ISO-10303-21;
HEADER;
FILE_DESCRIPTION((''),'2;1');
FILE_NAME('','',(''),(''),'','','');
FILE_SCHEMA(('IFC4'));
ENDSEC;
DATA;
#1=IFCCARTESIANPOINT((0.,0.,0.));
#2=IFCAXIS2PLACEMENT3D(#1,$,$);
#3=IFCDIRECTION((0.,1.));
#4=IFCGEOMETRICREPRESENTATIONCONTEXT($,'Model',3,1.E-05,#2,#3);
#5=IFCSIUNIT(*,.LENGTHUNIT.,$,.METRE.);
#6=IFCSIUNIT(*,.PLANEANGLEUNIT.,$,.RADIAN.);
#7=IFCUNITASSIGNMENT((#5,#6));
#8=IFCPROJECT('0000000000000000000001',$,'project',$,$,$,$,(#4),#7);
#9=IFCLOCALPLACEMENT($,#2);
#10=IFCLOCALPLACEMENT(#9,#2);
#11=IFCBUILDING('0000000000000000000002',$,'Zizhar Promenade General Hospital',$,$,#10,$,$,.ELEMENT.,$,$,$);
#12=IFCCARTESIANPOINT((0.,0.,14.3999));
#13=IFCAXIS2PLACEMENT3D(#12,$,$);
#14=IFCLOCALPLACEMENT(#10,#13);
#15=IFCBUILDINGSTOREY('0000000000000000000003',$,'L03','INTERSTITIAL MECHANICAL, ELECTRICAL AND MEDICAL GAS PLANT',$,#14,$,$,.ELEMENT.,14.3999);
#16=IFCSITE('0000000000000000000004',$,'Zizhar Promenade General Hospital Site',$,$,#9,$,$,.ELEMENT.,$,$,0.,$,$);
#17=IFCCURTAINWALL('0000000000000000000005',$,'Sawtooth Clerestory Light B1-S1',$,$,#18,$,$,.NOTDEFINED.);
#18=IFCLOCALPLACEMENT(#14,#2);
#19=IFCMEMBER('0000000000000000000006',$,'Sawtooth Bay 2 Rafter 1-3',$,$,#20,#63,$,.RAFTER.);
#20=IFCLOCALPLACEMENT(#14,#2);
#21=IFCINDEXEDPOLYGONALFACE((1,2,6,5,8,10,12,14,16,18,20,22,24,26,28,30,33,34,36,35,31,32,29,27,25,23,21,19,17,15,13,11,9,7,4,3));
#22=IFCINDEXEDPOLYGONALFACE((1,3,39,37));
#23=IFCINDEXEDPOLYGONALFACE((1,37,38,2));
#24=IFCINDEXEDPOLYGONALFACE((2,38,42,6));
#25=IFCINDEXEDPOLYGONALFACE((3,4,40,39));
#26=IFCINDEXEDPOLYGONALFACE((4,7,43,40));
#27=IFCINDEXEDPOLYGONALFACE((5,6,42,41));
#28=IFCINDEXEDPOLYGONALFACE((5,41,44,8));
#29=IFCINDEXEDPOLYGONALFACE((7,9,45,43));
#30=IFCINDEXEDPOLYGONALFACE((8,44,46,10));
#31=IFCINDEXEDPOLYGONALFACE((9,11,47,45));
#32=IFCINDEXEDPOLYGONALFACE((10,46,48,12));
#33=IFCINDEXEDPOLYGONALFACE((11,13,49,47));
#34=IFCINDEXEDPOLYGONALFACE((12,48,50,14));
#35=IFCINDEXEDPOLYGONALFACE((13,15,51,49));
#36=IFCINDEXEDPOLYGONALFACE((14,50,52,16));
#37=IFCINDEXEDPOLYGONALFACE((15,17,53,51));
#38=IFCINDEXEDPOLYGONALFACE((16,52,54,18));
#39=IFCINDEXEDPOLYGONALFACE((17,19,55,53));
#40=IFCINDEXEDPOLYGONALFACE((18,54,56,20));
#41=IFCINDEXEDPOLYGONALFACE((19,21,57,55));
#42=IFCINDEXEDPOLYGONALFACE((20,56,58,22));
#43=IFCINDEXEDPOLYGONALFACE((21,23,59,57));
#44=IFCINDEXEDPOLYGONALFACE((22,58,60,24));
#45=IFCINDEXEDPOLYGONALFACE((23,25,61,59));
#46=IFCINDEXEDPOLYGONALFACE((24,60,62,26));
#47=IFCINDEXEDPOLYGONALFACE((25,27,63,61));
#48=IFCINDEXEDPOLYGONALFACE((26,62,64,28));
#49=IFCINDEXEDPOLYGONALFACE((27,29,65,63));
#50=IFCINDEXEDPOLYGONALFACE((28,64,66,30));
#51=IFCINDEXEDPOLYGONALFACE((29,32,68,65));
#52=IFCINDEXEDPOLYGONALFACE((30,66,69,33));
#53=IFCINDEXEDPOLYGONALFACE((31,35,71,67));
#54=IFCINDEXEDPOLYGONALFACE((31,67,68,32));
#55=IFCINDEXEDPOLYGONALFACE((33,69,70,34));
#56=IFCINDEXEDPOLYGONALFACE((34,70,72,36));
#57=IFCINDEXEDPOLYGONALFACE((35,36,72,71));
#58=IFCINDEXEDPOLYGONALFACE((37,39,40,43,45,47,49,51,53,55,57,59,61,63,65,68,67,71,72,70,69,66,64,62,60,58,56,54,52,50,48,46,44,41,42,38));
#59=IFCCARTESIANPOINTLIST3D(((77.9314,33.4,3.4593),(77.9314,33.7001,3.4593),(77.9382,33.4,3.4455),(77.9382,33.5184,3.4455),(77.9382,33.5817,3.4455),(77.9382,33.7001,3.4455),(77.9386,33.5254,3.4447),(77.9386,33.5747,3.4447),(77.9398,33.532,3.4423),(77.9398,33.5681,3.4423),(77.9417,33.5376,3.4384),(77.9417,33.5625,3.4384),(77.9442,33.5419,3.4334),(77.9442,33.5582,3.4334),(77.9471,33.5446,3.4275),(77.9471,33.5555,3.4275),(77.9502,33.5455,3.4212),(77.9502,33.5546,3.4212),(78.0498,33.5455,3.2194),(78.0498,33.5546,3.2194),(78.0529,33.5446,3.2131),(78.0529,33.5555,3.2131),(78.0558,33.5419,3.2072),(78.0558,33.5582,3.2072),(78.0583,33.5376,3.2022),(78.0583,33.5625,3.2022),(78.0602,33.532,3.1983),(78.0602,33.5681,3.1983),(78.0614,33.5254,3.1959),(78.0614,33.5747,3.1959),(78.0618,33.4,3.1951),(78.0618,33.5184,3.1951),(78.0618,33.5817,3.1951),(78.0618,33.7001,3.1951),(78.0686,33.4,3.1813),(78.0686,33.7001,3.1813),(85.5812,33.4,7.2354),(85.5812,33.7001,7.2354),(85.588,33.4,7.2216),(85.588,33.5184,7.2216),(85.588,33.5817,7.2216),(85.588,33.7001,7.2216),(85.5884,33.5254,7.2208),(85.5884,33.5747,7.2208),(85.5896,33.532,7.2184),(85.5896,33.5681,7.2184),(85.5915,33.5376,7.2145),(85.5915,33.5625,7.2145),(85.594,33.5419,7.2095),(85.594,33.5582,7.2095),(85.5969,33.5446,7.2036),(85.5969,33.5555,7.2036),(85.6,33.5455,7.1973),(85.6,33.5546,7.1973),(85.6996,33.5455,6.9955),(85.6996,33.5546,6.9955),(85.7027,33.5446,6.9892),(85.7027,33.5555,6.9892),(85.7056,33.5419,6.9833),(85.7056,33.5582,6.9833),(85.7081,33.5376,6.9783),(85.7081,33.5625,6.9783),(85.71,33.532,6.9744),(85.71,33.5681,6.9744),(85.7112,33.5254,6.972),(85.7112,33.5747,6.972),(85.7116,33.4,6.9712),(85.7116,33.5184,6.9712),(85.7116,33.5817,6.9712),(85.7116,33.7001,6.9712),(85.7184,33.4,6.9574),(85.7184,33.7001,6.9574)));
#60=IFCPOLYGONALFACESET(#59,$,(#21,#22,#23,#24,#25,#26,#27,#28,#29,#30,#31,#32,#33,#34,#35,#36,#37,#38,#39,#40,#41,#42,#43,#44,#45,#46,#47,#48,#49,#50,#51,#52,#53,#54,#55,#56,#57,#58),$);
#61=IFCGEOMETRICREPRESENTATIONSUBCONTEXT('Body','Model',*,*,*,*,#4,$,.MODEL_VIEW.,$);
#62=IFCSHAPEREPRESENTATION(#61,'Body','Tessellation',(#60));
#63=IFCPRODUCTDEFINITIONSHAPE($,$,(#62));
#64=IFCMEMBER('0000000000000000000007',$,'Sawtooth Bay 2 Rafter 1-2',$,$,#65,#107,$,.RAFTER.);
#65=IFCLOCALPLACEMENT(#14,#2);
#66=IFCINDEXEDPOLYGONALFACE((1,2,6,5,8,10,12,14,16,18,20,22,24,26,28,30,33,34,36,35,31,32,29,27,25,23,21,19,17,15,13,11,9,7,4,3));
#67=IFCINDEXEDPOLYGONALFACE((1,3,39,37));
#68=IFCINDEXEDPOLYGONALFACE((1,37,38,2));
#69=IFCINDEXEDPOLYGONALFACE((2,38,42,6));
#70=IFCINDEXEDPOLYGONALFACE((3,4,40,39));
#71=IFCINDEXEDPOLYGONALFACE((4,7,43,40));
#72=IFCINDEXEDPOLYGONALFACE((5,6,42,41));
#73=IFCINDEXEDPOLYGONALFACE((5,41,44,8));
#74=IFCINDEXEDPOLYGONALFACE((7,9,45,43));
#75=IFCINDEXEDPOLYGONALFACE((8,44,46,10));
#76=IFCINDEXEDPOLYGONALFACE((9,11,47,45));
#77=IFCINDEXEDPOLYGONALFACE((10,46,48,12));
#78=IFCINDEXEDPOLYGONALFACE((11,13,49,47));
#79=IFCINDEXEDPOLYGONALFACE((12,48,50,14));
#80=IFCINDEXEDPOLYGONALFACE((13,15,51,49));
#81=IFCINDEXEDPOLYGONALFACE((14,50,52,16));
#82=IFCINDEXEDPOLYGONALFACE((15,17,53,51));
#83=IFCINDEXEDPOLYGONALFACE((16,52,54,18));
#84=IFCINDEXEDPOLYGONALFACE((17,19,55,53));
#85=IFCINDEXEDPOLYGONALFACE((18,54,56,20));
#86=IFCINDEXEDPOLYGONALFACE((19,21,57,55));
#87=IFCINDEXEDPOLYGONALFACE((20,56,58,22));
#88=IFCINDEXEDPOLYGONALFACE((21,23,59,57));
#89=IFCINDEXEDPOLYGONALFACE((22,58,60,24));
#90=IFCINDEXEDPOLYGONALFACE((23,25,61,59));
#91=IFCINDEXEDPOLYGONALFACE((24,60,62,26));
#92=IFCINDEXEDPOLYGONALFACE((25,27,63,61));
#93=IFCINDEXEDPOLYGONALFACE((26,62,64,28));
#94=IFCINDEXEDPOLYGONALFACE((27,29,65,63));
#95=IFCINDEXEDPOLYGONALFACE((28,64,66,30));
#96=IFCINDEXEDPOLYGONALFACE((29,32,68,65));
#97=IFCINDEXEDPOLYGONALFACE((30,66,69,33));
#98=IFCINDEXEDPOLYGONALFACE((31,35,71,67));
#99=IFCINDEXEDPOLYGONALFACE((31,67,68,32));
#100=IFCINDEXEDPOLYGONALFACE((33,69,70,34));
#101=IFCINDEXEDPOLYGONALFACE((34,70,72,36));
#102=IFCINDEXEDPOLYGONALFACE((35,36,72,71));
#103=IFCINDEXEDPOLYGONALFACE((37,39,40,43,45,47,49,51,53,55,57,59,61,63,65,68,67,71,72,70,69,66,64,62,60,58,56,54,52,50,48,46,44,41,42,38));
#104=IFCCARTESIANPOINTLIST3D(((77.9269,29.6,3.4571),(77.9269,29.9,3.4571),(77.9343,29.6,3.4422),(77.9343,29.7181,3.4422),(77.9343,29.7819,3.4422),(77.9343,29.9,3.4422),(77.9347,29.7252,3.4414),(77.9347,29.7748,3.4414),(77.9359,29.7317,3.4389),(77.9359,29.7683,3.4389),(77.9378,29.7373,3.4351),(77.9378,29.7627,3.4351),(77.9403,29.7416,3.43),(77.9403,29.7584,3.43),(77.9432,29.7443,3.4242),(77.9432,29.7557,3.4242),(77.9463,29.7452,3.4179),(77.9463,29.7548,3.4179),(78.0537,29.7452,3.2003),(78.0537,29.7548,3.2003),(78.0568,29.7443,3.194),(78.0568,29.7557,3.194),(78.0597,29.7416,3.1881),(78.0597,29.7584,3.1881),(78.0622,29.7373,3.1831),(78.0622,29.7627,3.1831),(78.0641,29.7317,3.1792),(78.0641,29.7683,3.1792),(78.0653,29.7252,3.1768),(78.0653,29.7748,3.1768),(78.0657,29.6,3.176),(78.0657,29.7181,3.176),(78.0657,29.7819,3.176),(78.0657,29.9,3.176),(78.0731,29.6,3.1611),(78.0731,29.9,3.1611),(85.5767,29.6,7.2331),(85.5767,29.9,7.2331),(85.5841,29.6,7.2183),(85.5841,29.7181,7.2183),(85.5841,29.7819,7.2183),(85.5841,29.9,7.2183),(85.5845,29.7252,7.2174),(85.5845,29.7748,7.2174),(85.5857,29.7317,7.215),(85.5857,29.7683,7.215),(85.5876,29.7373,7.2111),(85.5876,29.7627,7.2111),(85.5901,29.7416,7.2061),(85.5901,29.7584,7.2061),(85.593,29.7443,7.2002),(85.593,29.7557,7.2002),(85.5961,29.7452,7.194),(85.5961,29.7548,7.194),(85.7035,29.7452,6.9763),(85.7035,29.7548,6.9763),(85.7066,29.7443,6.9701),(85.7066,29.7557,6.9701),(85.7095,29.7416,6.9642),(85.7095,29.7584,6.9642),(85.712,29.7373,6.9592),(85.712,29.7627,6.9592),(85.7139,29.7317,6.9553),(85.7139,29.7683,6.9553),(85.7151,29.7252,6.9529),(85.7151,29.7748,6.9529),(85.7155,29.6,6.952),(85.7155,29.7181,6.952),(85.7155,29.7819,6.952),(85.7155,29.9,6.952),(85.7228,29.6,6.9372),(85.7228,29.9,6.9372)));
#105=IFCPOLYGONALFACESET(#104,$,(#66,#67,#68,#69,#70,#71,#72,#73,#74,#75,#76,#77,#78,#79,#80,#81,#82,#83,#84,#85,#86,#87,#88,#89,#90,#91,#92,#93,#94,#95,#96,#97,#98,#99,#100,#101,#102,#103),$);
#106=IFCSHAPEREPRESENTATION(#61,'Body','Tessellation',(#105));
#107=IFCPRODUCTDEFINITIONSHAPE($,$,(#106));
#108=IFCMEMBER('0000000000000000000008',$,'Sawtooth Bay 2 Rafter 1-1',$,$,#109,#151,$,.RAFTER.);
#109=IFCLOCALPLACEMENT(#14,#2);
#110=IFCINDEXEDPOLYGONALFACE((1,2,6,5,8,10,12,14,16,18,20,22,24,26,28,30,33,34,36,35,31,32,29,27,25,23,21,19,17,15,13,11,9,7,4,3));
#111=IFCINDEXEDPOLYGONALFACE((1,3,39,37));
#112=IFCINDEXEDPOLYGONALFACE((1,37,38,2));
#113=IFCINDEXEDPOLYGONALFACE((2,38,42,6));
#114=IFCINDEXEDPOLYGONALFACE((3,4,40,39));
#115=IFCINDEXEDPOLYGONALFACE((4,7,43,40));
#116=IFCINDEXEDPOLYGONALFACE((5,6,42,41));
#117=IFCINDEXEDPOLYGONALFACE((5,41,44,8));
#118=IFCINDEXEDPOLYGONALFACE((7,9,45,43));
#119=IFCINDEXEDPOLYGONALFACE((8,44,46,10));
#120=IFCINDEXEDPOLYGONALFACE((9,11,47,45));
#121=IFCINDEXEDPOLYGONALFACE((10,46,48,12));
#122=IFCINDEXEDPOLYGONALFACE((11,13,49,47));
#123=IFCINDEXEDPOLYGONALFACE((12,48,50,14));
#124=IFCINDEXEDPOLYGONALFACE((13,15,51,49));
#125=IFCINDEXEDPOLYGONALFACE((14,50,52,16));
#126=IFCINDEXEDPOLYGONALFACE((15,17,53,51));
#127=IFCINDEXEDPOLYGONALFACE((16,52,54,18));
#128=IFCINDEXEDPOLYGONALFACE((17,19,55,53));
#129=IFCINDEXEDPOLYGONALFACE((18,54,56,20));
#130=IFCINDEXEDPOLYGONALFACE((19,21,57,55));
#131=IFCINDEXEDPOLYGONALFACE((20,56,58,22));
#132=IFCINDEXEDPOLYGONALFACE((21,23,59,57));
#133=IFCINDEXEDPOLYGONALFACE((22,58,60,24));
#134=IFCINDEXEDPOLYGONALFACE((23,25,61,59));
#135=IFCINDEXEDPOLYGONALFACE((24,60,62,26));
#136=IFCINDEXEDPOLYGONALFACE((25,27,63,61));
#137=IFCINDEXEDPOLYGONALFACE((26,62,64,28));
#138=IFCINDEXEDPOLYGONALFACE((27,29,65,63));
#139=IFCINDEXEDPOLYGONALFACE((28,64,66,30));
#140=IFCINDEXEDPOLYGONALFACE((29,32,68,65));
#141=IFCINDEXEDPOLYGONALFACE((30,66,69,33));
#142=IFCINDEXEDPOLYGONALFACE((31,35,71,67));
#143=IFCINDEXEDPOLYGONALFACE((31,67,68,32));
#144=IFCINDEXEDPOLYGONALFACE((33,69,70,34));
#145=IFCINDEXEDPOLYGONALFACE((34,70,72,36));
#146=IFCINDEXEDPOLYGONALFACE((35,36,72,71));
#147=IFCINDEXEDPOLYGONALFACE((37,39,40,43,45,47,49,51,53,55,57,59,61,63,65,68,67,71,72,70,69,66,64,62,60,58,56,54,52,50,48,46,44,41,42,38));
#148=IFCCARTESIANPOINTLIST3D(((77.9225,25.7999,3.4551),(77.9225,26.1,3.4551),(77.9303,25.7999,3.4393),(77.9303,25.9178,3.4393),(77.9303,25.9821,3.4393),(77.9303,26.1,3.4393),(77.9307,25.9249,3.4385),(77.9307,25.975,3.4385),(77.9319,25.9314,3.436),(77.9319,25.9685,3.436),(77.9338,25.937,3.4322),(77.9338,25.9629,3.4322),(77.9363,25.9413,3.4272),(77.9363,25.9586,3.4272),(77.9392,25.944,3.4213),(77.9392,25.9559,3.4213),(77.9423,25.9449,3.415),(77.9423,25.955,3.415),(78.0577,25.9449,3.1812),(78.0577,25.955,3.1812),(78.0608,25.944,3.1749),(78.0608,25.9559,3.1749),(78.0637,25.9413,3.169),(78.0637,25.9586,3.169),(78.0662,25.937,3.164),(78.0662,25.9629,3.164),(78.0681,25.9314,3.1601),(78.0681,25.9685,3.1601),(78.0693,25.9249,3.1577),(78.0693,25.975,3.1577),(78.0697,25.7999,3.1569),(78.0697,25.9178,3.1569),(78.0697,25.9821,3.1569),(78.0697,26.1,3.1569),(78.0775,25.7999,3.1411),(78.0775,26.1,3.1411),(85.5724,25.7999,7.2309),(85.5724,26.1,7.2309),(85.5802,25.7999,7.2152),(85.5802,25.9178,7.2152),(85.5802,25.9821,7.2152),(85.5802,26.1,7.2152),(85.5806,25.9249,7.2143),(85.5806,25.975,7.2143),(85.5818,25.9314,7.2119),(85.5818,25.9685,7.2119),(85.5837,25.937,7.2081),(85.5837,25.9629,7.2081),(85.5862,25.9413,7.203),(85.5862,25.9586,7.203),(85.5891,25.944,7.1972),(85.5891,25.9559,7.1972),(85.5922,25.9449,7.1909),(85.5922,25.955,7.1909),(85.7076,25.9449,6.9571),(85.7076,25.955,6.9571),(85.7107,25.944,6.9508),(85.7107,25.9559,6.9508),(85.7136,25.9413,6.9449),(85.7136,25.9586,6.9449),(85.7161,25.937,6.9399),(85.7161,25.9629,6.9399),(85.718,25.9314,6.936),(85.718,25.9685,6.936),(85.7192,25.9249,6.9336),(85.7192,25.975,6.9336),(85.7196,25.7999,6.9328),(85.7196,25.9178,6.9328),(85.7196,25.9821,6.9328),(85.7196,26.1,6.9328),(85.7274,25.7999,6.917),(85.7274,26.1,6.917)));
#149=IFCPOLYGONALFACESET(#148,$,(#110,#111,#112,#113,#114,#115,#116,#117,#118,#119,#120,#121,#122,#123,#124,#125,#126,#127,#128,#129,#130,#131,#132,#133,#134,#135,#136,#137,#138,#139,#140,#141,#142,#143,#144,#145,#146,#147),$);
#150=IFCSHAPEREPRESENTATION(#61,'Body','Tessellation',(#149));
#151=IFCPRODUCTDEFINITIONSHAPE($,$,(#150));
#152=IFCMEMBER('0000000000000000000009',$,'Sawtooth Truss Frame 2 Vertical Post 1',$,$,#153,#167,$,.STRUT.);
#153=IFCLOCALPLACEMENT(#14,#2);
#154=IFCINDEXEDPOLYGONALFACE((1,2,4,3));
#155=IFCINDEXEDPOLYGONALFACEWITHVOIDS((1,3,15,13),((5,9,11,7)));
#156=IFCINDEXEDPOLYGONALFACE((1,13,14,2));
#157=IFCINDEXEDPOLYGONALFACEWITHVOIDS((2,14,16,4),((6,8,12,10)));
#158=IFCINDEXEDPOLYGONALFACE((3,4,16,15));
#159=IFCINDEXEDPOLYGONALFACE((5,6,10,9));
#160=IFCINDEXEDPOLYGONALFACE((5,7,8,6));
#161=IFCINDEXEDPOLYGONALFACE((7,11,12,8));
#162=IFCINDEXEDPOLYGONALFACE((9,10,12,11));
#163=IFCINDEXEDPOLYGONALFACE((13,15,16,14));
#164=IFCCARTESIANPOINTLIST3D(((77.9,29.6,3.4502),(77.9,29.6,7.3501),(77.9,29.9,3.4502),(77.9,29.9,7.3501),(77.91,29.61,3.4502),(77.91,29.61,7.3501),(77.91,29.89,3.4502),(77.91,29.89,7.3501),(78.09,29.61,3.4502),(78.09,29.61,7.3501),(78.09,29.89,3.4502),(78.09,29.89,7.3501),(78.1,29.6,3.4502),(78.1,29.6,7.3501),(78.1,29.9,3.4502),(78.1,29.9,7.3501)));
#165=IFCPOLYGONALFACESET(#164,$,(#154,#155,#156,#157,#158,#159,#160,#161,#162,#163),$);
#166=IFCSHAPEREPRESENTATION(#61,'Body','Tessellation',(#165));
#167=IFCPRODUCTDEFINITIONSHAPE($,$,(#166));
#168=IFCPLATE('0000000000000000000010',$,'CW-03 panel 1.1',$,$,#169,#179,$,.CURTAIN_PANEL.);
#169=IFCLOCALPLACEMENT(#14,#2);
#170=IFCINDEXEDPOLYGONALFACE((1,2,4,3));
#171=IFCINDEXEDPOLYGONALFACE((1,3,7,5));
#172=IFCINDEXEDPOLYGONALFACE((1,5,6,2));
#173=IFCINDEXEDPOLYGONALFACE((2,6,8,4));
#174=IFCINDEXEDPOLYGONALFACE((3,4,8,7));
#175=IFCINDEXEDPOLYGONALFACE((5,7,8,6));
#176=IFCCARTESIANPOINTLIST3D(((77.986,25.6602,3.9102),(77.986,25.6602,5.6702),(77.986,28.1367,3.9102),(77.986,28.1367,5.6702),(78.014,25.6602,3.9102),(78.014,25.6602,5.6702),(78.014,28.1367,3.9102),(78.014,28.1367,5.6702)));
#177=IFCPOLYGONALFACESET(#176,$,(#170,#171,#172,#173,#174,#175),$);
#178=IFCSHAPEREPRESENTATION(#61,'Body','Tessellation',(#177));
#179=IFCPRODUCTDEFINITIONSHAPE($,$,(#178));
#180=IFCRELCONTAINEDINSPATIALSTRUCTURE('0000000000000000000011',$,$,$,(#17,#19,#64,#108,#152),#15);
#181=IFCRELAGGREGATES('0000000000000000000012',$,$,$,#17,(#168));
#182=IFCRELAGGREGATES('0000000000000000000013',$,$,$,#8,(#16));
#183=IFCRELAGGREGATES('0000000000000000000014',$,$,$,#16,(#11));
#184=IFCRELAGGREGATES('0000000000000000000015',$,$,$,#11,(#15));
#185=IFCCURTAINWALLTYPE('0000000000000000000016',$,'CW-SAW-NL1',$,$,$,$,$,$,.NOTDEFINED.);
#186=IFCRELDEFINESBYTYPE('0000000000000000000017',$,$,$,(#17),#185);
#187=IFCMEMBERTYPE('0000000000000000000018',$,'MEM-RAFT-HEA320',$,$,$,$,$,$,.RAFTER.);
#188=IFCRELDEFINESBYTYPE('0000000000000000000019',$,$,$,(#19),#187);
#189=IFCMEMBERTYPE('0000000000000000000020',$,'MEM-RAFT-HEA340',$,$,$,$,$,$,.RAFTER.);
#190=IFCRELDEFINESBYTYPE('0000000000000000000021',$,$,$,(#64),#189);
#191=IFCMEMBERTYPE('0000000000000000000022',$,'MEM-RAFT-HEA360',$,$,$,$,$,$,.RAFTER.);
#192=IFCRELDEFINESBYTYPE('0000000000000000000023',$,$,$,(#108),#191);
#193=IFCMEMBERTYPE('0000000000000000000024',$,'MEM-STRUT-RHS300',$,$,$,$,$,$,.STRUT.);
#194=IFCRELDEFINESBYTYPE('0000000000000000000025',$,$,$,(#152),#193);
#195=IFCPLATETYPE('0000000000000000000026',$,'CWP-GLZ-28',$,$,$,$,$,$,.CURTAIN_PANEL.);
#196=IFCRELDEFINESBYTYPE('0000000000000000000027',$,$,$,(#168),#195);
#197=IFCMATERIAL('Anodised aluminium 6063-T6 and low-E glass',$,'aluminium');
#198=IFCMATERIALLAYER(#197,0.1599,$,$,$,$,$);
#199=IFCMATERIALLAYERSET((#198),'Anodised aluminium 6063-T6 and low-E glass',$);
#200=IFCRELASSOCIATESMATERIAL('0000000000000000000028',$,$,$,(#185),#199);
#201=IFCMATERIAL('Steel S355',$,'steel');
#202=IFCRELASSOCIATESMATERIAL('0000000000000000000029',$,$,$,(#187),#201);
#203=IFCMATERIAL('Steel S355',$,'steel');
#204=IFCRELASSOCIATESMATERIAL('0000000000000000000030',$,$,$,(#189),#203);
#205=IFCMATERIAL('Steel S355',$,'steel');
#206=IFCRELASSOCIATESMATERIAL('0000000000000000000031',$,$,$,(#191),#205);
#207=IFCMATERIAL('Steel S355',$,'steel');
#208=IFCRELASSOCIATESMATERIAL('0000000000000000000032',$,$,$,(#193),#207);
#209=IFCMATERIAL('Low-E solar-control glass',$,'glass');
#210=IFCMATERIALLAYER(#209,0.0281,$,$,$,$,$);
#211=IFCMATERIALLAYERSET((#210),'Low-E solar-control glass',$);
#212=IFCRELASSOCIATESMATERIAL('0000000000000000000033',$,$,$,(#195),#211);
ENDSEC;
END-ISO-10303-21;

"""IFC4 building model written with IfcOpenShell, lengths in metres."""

from ifc_helpers import new_model, si_unit, direction, frame, origin, origin_2d, place, context, subcontext, project, spatial, rectangle, hollow_rectangle, i_section, extrude, material, layer, layer_set, material_profile, profile_set, type_object, element, aggregate, save


model = new_model("IFC4")

# Units and contexts
model_context = context("Model", 3, precision=1e-05, world=origin(), true_north=direction((0.0, 1.0)))
body_context = subcontext(model_context, "Body", "Model", "MODEL_VIEW")
ifc_project = project(units=[si_unit("LENGTHUNIT", "METRE"), si_unit("PLANEANGLEUNIT", "RADIAN")], contexts=[model_context])

# Site, building, storey
site_placement = place(None, origin())
site = spatial("IfcSite", under=ifc_project, at=site_placement, Name="Zizhar Promenade General Hospital Site", CompositionType="ELEMENT", RefElevation=0.0)
building_placement = place(site_placement, origin())
building = spatial("IfcBuilding", under=site, at=building_placement, Name="Zizhar Promenade General Hospital", CompositionType="ELEMENT")
storey_placement = place(building_placement, frame((0.0, 0.0, 14.3999)))
storey = spatial("IfcBuildingStorey", under=building, at=storey_placement, Name="L03", Description="INTERSTITIAL MECHANICAL, ELECTRICAL AND MEDICAL GAS PLANT", CompositionType="ELEMENT", Elevation=14.3999)

# Curtain wall
ifc_material_1 = material(Name="Anodised aluminium 6063-T6 and low-E glass", Category="aluminium")
ifc_layer_1 = layer(ifc_material_1, 0.1599)
ifc_layer_set_1 = layer_set([ifc_layer_1], Name="Anodised aluminium 6063-T6 and low-E glass")
curtain_wall_type = type_object("IfcCurtainWallType", Name="CW-SAW-NL1", PredefinedType="NOTDEFINED", material=ifc_layer_set_1)
curtain_wall_1_placement = place(storey_placement, origin())
curtain_wall_1 = element("IfcCurtainWall", 1, at=curtain_wall_1_placement, inside=storey, type_object=curtain_wall_type, Name="Sawtooth Clerestory Light B1-S1", PredefinedType="NOTDEFINED")

# Members
ifc_material_2 = material(Name="Steel S355", Category="steel")
ifc_material_profile_1 = material_profile(ifc_material_2, i_section(OverallWidth=0.3, OverallDepth=0.3101, WebThickness=0.009, FlangeThickness=0.0154, FilletRadius=0.0271, at=origin_2d()))
ifc_profile_set_1 = profile_set([ifc_material_profile_1], Name="Steel S355")
member_type_1 = type_object("IfcMemberType", Name="MEM-RAFT-HEA320", PredefinedType="RAFTER", material=ifc_profile_set_1)
member_1_placement = place(storey_placement, frame((78.0, 33.55, 3.3203), z_axis=(0.896705, 0.0, 0.442629), x_axis=(0.0, 1.0, 0.0)))
element("IfcMember", 2, at=member_1_placement, inside=storey, type_object=member_type_1, Name="Sawtooth Bay 2 Rafter 1-3", PredefinedType="RAFTER", context=body_context, shape_type="SweptSolid", body=[
    extrude(i_section(OverallWidth=0.3, OverallDepth=0.3101, WebThickness=0.009, FlangeThickness=0.0154, FilletRadius=0.0271, at=origin_2d()), origin(), (0.0, 0.0, 1.0), 8.531),
])
ifc_material_3 = material(Name="Steel S355", Category="steel")
ifc_material_profile_2 = material_profile(ifc_material_3, i_section(OverallWidth=0.3, OverallDepth=0.3301, WebThickness=0.0095, FlangeThickness=0.0166, FilletRadius=0.0271, at=origin_2d()))
ifc_profile_set_2 = profile_set([ifc_material_profile_2], Name="Steel S355")
member_type_2 = type_object("IfcMemberType", Name="MEM-RAFT-HEA340", PredefinedType="RAFTER", material=ifc_profile_set_2)
member_2_placement = place(storey_placement, frame((78.0, 29.75, 3.3091), z_axis=(0.896705, 0.0, 0.442629), x_axis=(0.0, 1.0, 0.0)))
element("IfcMember", 3, at=member_2_placement, inside=storey, type_object=member_type_2, Name="Sawtooth Bay 2 Rafter 1-2", PredefinedType="RAFTER", context=body_context, shape_type="SweptSolid", body=[
    extrude(i_section(OverallWidth=0.3, OverallDepth=0.3301, WebThickness=0.0095, FlangeThickness=0.0166, FilletRadius=0.0271, at=origin_2d()), origin(), (0.0, 0.0, 1.0), 8.531),
])
ifc_material_4 = material(Name="Steel S355", Category="steel")
ifc_material_profile_3 = material_profile(ifc_material_4, i_section(OverallWidth=0.3, OverallDepth=0.3501, WebThickness=0.01, FlangeThickness=0.0176, FilletRadius=0.0271, at=origin_2d()))
ifc_profile_set_3 = profile_set([ifc_material_profile_3], Name="Steel S355")
member_type_3 = type_object("IfcMemberType", Name="MEM-RAFT-HEA360", PredefinedType="RAFTER", material=ifc_profile_set_3)
member_3_placement = place(storey_placement, frame((78.0, 25.95, 3.2981), z_axis=(0.896716, 0.0, 0.442606), x_axis=(0.0, 1.0, 0.0)))
element("IfcMember", 4, at=member_3_placement, inside=storey, type_object=member_type_3, Name="Sawtooth Bay 2 Rafter 1-1", PredefinedType="RAFTER", context=body_context, shape_type="SweptSolid", body=[
    extrude(i_section(OverallWidth=0.3, OverallDepth=0.3501, WebThickness=0.01, FlangeThickness=0.0176, FilletRadius=0.0271, at=origin_2d()), origin(), (0.0, 0.0, 1.0), 8.531),
])
ifc_material_5 = material(Name="Steel S355", Category="steel")
ifc_material_profile_4 = material_profile(ifc_material_5, hollow_rectangle(XDim=0.2, YDim=0.3, WallThickness=0.01, at=origin_2d()))
ifc_profile_set_4 = profile_set([ifc_material_profile_4], Name="Steel S355")
member_type_4 = type_object("IfcMemberType", Name="MEM-STRUT-RHS300", PredefinedType="STRUT", material=ifc_profile_set_4)
member_4_placement = place(storey_placement, frame((78.0, 29.75, 3.4502), z_axis=(0.0, 0.0, 1.0), x_axis=(1.0, 0.0, 0.0)))
element("IfcMember", 5, at=member_4_placement, inside=storey, type_object=member_type_4, Name="Sawtooth Truss Frame 2 Vertical Post 1", PredefinedType="STRUT", context=body_context, shape_type="SweptSolid", body=[
    extrude(hollow_rectangle(XDim=0.2, YDim=0.3, WallThickness=0.01, at=origin_2d()), origin(), (0.0, 0.0, 1.0), 3.8999),
])

# Plate
ifc_material_6 = material(Name="Low-E solar-control glass", Category="glass")
ifc_layer_2 = layer(ifc_material_6, 0.0281)
ifc_layer_set_2 = layer_set([ifc_layer_2], Name="Low-E solar-control glass")
plate_type = type_object("IfcPlateType", Name="CWP-GLZ-28", PredefinedType="CURTAIN_PANEL", material=ifc_layer_set_2)
plate_1_placement = place(storey_placement, frame((78.0, 26.8984, 3.9102), z_axis=(0.0, 0.0, 1.0), x_axis=(0.0, 1.0, 0.0)))
plate_1 = element("IfcPlate", 6, at=plate_1_placement, type_object=plate_type, Name="CW-03 panel 1.1", PredefinedType="CURTAIN_PANEL", context=body_context, shape_type="SweptSolid", body=[
    extrude(rectangle(XDim=2.4766, YDim=0.0281, at=origin_2d()), origin(), (0.0, 0.0, 1.0), 1.76),
])
aggregate(curtain_wall_1, [plate_1])

save(model, "model.ifc")
